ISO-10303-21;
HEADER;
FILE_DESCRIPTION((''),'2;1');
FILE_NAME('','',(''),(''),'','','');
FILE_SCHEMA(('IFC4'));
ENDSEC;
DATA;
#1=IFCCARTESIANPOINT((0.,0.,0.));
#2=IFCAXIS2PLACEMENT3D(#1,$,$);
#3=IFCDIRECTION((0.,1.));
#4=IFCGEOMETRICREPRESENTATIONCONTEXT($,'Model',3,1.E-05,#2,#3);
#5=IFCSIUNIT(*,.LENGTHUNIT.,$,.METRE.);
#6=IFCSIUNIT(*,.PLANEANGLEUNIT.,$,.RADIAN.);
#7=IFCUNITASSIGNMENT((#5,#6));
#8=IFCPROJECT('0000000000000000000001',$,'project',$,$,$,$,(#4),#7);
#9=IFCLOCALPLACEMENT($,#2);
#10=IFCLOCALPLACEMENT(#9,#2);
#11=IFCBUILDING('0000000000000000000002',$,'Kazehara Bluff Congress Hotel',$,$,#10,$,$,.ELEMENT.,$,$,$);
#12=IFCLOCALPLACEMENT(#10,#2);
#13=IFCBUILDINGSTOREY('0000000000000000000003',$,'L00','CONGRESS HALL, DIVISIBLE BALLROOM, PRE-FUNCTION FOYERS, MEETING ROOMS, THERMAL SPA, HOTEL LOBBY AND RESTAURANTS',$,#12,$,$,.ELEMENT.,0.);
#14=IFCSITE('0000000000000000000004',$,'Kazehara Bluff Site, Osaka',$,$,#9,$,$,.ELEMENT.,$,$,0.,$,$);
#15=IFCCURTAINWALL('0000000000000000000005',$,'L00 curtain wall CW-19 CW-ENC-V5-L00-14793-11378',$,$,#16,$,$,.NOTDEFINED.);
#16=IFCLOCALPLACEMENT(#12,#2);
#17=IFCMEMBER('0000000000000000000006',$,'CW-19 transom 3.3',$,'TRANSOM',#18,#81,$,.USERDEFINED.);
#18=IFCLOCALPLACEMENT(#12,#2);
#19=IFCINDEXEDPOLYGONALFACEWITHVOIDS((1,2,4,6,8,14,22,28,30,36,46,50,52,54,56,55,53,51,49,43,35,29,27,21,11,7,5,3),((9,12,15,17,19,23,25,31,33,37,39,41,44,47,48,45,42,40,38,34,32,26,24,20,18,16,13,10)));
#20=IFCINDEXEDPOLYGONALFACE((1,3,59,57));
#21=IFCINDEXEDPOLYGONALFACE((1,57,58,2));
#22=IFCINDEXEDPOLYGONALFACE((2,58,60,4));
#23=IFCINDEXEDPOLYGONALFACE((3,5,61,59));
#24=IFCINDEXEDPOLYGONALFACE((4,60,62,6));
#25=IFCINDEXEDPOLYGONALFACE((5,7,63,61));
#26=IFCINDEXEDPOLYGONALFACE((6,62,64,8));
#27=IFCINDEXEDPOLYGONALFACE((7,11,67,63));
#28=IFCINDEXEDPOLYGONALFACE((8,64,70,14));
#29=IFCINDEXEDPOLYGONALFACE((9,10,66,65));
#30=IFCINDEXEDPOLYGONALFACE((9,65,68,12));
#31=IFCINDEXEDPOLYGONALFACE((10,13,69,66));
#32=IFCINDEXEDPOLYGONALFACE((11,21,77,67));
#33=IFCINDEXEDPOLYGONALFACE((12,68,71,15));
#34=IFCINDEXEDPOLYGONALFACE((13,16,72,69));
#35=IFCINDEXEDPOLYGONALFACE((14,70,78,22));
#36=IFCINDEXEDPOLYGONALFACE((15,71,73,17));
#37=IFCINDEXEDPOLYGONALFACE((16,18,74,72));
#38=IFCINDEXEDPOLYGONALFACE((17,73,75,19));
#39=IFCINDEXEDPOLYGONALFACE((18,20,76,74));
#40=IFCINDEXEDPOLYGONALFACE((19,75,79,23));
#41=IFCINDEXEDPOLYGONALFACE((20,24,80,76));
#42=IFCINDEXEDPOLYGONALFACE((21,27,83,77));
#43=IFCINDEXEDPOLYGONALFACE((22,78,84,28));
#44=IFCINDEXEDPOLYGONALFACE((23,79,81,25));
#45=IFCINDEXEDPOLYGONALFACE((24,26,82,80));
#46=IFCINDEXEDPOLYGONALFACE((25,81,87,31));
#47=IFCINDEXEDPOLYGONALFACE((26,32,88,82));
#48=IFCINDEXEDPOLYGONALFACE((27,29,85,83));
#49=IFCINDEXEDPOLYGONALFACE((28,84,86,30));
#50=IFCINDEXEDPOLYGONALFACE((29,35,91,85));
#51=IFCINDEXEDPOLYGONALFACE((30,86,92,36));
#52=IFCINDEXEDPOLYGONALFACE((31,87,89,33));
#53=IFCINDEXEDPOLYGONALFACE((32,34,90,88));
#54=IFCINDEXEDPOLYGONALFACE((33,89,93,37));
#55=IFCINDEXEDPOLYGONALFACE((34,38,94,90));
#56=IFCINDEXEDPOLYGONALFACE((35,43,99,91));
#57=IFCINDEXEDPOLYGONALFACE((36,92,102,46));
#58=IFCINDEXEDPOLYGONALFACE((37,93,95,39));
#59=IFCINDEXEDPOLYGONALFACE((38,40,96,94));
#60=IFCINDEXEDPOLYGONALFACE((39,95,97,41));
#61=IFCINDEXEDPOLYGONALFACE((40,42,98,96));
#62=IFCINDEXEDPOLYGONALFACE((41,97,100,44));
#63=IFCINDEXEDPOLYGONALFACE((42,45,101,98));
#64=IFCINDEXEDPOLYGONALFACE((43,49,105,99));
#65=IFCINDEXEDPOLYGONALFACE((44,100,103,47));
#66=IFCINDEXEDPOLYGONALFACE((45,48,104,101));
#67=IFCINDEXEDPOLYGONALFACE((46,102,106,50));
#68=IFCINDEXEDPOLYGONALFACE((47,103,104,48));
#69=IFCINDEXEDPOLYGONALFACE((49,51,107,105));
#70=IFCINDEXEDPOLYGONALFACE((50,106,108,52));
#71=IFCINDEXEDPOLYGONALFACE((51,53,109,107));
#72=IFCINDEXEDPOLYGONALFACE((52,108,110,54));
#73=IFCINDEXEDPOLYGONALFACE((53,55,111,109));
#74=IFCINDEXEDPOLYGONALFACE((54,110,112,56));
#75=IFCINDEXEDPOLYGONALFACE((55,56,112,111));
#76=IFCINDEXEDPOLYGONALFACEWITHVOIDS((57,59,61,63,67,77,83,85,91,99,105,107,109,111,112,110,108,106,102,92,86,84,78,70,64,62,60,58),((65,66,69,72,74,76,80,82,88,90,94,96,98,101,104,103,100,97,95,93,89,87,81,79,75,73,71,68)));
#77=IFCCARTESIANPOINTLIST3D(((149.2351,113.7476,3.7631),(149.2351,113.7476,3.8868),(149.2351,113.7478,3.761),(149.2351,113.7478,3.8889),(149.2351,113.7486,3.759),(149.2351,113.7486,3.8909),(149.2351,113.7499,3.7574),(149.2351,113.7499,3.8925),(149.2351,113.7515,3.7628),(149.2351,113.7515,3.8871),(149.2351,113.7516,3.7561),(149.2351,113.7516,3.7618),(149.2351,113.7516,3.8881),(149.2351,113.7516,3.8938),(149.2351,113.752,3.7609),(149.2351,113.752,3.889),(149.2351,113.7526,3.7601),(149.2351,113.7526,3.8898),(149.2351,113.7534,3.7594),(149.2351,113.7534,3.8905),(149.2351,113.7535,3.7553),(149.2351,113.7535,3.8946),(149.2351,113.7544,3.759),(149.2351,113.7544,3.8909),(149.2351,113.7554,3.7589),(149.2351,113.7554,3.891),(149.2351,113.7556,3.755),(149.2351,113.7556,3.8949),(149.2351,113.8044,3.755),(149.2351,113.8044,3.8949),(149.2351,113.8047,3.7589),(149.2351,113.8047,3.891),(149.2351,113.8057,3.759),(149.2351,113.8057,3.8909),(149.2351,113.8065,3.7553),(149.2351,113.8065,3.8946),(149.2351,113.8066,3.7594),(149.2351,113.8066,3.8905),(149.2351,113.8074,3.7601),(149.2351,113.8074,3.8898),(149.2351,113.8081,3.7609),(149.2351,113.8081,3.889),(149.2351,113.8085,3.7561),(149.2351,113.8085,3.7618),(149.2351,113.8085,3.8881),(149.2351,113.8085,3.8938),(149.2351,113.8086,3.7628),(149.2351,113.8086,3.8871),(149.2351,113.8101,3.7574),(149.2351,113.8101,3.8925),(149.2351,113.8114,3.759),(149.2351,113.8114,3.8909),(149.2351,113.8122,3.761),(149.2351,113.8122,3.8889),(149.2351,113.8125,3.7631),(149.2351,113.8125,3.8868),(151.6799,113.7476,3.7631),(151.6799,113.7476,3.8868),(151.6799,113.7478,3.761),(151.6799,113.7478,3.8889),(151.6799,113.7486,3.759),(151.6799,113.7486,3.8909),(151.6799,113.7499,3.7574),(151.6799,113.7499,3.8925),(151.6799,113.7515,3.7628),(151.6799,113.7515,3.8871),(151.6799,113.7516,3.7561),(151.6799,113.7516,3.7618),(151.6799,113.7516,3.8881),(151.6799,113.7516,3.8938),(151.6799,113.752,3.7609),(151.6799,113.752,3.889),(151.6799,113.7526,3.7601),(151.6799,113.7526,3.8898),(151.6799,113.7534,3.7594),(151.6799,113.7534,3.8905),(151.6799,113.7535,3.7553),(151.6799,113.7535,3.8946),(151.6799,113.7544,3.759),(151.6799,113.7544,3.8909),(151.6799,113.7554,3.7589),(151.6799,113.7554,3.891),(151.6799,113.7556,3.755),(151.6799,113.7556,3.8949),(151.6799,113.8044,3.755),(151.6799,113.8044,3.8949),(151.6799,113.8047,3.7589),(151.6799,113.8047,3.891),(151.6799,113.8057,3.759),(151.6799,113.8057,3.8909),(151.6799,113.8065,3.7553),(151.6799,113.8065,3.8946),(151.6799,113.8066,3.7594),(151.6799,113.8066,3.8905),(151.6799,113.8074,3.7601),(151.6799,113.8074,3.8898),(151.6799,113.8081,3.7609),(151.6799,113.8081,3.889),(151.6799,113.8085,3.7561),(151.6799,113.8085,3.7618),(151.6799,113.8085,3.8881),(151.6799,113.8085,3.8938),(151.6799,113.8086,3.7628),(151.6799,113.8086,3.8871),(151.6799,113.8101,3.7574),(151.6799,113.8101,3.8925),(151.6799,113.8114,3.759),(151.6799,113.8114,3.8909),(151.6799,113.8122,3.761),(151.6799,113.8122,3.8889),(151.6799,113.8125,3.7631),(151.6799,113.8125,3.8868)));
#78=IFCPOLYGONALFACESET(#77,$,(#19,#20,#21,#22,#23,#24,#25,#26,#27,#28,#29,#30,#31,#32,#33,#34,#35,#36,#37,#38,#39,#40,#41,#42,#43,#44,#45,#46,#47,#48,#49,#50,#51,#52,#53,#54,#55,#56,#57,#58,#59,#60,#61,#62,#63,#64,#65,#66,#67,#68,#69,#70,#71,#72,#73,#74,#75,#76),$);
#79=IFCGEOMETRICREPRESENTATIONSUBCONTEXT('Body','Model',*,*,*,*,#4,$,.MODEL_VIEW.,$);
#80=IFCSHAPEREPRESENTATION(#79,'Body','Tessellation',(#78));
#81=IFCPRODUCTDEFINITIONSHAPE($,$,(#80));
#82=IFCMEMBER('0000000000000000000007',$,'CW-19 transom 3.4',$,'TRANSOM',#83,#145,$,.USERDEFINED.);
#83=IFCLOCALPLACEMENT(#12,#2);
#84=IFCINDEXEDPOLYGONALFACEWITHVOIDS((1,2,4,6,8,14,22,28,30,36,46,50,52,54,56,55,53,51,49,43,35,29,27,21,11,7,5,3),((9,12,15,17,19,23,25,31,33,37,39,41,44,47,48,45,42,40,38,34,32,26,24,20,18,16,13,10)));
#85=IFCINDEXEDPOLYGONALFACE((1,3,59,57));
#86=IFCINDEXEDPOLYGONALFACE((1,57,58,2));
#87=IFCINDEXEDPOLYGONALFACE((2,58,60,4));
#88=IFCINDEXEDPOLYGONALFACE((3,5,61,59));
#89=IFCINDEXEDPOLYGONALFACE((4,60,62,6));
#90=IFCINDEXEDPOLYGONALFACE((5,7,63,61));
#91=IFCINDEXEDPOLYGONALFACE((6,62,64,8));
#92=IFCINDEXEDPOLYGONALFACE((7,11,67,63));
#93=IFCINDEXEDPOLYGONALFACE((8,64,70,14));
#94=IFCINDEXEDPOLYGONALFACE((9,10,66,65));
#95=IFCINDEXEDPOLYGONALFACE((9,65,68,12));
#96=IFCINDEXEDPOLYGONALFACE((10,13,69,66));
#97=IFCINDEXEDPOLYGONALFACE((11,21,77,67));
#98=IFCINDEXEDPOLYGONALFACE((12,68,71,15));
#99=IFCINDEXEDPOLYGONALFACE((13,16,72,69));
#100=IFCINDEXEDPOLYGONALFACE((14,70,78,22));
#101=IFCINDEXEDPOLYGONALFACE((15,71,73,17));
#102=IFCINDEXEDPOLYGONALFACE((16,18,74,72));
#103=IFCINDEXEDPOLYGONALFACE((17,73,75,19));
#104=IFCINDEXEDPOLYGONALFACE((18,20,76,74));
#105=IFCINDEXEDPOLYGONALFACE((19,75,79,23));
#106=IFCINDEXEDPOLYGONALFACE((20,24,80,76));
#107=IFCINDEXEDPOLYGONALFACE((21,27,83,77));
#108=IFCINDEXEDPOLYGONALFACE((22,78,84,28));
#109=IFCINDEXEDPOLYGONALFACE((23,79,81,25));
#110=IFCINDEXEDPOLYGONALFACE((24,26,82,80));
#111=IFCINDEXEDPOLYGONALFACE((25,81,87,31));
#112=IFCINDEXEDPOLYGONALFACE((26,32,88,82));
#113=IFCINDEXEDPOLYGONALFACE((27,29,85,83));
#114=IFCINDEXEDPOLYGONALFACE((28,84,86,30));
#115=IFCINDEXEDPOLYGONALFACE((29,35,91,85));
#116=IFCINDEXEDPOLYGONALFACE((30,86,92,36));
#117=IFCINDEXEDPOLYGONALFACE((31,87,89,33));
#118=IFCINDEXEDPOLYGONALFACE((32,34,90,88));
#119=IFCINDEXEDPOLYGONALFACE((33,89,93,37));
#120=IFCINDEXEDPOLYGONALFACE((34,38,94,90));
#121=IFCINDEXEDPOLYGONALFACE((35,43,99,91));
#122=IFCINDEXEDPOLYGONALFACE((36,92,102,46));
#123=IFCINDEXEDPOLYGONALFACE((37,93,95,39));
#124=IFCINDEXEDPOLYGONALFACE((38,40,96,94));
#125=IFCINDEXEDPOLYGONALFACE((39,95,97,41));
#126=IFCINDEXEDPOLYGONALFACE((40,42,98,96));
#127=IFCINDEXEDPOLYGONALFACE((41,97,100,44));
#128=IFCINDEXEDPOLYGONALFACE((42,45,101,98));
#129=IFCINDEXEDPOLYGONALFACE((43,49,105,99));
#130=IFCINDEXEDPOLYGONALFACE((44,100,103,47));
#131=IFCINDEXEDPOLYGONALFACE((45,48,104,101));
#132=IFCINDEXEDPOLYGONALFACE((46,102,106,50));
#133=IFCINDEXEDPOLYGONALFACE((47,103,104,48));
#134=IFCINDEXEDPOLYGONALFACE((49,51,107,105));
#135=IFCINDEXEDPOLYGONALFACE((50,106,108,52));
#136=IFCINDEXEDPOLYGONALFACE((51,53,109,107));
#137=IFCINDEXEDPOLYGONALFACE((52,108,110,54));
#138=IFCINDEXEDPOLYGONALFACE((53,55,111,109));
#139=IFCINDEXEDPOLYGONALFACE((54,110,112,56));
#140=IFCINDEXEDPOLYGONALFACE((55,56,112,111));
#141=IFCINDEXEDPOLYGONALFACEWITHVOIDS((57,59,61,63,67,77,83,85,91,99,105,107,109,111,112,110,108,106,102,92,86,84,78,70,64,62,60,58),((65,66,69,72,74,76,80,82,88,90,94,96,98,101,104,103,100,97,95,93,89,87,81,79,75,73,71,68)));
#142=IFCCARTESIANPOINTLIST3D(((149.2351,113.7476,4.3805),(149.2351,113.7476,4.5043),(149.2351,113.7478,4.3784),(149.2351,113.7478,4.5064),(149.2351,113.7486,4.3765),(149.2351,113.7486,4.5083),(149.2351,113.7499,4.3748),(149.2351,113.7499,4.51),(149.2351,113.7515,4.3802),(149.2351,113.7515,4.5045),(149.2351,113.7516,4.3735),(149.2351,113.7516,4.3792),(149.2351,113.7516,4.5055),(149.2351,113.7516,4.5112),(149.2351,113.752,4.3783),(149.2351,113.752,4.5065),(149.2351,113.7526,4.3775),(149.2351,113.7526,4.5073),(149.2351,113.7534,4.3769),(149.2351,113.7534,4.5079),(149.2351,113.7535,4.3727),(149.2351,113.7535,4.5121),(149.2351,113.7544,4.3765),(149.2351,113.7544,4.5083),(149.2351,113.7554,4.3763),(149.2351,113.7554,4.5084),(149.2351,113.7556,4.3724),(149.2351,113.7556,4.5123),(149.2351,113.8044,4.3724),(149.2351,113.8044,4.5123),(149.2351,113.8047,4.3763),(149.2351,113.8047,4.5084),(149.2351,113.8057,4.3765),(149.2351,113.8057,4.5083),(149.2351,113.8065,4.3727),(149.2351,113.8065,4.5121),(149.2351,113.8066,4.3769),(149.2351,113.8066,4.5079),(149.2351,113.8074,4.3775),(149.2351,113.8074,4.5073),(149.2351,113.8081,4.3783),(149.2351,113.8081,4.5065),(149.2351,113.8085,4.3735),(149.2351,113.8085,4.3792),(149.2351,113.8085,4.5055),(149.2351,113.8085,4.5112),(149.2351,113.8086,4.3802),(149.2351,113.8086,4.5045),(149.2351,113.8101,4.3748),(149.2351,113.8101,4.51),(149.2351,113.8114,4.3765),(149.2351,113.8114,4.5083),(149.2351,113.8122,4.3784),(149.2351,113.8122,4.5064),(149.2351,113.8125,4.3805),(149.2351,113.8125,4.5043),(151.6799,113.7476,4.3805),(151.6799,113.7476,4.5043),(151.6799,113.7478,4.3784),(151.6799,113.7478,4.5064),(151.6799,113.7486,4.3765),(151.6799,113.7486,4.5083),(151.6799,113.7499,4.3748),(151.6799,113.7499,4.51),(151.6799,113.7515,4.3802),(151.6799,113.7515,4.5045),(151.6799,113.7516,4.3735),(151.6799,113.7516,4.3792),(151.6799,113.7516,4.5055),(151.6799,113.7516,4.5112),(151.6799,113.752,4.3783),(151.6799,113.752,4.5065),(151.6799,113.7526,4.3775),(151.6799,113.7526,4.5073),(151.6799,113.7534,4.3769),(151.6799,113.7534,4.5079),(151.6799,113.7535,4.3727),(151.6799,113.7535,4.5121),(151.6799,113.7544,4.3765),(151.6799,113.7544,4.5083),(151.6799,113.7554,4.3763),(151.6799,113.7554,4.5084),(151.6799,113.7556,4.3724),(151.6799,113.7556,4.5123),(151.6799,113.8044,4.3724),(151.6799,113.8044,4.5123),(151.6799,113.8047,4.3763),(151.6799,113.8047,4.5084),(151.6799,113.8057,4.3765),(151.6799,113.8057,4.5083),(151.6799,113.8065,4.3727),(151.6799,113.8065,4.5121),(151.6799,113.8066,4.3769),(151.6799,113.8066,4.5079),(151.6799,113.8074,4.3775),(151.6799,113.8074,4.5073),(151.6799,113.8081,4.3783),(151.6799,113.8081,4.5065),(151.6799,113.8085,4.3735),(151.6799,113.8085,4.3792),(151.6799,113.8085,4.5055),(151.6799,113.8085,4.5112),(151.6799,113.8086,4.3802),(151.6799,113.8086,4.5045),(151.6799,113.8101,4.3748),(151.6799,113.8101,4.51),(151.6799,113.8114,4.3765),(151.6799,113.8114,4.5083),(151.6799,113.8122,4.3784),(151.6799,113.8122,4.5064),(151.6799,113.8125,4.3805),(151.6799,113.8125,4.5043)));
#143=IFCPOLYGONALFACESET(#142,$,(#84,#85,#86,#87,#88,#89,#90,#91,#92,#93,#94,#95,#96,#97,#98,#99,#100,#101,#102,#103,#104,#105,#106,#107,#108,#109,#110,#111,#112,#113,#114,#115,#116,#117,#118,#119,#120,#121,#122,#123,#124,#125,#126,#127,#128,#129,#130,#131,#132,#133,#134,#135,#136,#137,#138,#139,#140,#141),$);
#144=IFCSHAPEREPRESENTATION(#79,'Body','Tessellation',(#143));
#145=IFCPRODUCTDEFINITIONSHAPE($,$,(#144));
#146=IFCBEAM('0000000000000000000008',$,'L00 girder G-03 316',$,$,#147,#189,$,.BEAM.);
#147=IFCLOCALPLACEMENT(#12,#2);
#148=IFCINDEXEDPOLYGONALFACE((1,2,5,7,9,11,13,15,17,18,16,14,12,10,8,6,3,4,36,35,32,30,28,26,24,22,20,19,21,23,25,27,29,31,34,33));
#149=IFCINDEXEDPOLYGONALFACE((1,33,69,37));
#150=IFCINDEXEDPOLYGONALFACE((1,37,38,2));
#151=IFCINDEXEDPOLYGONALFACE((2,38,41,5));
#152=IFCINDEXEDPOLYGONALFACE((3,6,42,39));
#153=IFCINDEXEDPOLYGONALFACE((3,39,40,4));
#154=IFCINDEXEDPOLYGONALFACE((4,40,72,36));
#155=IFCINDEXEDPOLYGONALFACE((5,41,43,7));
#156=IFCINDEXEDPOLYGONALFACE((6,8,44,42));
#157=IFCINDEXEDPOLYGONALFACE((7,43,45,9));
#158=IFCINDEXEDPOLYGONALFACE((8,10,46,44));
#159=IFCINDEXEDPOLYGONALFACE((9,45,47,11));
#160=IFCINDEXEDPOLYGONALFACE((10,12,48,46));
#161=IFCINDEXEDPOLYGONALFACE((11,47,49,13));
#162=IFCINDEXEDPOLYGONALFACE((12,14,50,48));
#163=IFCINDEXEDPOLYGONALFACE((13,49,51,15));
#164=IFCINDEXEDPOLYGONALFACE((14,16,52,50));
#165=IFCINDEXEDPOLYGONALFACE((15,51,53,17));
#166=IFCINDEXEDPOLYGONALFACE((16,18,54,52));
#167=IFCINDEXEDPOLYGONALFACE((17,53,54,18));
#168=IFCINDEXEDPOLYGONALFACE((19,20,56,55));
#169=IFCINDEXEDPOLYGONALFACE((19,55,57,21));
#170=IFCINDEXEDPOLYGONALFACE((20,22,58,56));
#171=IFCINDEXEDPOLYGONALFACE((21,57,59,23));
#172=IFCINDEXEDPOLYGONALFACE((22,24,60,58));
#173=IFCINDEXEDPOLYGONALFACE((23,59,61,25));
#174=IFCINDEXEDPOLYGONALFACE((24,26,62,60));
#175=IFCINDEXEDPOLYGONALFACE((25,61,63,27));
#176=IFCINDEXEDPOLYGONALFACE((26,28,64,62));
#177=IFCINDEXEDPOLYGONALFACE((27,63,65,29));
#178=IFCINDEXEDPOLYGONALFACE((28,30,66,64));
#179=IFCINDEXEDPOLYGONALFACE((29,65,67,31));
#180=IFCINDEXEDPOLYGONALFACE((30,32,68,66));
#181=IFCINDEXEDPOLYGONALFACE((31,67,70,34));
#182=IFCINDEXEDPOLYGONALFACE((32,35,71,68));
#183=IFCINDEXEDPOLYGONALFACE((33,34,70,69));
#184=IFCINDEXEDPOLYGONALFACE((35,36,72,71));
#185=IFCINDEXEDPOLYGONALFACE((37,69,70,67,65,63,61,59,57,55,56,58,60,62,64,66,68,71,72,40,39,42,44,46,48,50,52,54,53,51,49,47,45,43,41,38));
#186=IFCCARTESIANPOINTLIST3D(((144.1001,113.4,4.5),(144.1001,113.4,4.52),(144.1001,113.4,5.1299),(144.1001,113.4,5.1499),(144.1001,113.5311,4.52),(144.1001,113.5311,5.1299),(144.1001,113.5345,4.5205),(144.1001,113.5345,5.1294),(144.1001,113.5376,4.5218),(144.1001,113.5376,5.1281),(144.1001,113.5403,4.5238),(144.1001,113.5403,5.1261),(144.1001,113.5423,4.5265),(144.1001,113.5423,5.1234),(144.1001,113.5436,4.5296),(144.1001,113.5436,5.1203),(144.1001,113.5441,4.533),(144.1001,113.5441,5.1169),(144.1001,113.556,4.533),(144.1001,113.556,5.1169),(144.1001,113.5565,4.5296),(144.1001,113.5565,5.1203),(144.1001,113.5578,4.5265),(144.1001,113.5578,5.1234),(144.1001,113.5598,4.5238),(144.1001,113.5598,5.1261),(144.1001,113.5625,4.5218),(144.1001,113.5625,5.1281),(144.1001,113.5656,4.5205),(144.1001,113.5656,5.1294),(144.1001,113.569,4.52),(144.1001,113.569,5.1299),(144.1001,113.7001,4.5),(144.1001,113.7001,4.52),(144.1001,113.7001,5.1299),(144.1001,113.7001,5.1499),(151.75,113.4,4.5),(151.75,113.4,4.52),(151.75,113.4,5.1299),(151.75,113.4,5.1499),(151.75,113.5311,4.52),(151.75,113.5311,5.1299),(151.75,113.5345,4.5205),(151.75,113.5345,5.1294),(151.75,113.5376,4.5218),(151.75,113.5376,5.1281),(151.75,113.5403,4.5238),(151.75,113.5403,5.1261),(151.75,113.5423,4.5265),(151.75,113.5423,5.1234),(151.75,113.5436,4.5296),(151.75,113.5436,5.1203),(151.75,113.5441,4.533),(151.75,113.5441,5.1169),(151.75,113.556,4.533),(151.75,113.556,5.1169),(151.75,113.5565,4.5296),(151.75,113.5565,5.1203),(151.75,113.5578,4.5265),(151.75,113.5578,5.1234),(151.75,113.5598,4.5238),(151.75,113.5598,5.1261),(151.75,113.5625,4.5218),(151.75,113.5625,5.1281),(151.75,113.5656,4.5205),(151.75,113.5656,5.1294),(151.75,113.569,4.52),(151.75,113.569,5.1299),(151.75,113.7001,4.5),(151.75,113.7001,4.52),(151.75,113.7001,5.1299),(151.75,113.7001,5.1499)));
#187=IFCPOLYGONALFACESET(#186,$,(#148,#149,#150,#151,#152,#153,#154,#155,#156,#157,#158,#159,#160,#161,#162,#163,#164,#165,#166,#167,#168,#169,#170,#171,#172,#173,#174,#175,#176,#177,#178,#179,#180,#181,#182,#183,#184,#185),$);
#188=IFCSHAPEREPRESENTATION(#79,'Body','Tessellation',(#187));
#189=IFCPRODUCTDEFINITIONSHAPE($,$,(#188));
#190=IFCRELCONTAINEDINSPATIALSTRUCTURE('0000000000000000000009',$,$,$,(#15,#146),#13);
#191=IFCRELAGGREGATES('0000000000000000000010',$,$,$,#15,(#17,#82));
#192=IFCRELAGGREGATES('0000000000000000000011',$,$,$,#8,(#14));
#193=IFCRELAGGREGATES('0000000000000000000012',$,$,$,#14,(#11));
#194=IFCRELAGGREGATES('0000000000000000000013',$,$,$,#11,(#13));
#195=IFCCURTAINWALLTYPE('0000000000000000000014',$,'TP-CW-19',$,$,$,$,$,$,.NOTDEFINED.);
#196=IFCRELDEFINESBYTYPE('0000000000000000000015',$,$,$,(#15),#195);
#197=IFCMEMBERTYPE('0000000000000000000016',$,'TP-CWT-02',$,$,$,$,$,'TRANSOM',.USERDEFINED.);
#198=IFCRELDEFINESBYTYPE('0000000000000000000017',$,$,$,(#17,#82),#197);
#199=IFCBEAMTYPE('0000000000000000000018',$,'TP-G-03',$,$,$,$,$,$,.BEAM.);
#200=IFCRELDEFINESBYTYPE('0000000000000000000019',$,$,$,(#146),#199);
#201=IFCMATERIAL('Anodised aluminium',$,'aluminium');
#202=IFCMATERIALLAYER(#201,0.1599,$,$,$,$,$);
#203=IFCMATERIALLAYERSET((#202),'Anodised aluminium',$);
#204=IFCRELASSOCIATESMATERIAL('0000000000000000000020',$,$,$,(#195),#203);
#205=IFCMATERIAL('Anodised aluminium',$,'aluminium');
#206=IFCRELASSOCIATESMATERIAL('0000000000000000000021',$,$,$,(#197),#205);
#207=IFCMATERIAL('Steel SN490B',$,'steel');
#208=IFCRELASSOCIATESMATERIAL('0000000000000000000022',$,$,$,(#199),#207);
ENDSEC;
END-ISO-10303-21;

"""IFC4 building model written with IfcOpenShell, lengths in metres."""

from ifc_helpers import new_model, si_unit, direction, frame, origin, origin_2d, place, context, subcontext, project, spatial, hollow_rectangle, i_section, extrude, material, layer, layer_set, material_profile, profile_set, type_object, element, aggregate, save


model = new_model("IFC4")

# Units and contexts
model_context = context("Model", 3, precision=1e-05, world=origin(), true_north=direction((0.0, 1.0)))
body_context = subcontext(model_context, "Body", "Model", "MODEL_VIEW")
ifc_project = project(units=[si_unit("LENGTHUNIT", "METRE"), si_unit("PLANEANGLEUNIT", "RADIAN")], contexts=[model_context])

# Site, building, storey
site_placement = place(None, origin())
site = spatial("IfcSite", under=ifc_project, at=site_placement, Name="Kazehara Bluff Site, Osaka", CompositionType="ELEMENT", RefElevation=0.0)
building_placement = place(site_placement, origin())
building = spatial("IfcBuilding", under=site, at=building_placement, Name="Kazehara Bluff Congress Hotel", CompositionType="ELEMENT")
storey_placement = place(building_placement, origin())
storey = spatial("IfcBuildingStorey", under=building, at=storey_placement, Name="L00", Description="CONGRESS HALL, DIVISIBLE BALLROOM, PRE-FUNCTION FOYERS, MEETING ROOMS, THERMAL SPA, HOTEL LOBBY AND RESTAURANTS", CompositionType="ELEMENT", Elevation=0.0)

# Curtain wall
ifc_material_1 = material(Name="Anodised aluminium", Category="aluminium")
ifc_layer_1 = layer(ifc_material_1, 0.1599)
ifc_layer_set_1 = layer_set([ifc_layer_1], Name="Anodised aluminium")
curtain_wall_type_1 = type_object("IfcCurtainWallType", Name="TP-CW-19", PredefinedType="NOTDEFINED", material=ifc_layer_set_1)
curtain_wall_1_placement = place(storey_placement, origin())
curtain_wall_1 = element("IfcCurtainWall", 1, at=curtain_wall_1_placement, inside=storey, type_object=curtain_wall_type_1, Name="L00 curtain wall CW-19 CW-ENC-V5-L00-14793-11378", PredefinedType="NOTDEFINED")

# Members
ifc_material_2 = material(Name="Anodised aluminium", Category="aluminium")
ifc_material_profile_1 = material_profile(ifc_material_2, hollow_rectangle(XDim=0.0649, YDim=0.1399, WallThickness=0.0039, InnerFilletRadius=0.0039, OuterFilletRadius=0.0081, at=origin_2d()))
ifc_profile_set_1 = profile_set([ifc_material_profile_1], Name="Anodised aluminium")
member_type_1 = type_object("IfcMemberType", Name="TP-CWT-02", ElementType="TRANSOM", PredefinedType="USERDEFINED", material=ifc_profile_set_1)
member_1_placement = place(storey_placement, frame((149.2351, 113.78, 3.825), z_axis=(1.0, 0.0, 0.0), x_axis=(0.0, 1.0, 0.0)))
member_1 = element("IfcMember", 2, at=member_1_placement, type_object=member_type_1, Name="CW-19 transom 3.3", ObjectType="TRANSOM", PredefinedType="USERDEFINED", context=body_context, shape_type="SweptSolid", body=[
    extrude(hollow_rectangle(XDim=0.0649, YDim=0.1399, WallThickness=0.0039, InnerFilletRadius=0.0039, OuterFilletRadius=0.0081, at=origin_2d()), origin(), (0.0, 0.0, 1.0), 2.4448),
])
member_2_placement = place(storey_placement, frame((149.2351, 113.78, 4.4424), z_axis=(1.0, 0.0, 0.0), x_axis=(0.0, 1.0, 0.0)))
member_2 = element("IfcMember", 3, at=member_2_placement, type_object=member_type_1, Name="CW-19 transom 3.4", ObjectType="TRANSOM", PredefinedType="USERDEFINED", context=body_context, shape_type="SweptSolid", body=[
    extrude(hollow_rectangle(XDim=0.0649, YDim=0.1399, WallThickness=0.0039, InnerFilletRadius=0.0039, OuterFilletRadius=0.0081, at=origin_2d()), origin(), (0.0, 0.0, 1.0), 2.4448),
])

# Beam
ifc_material_3 = material(Name="Steel SN490B", Category="steel")
ifc_material_profile_2 = material_profile(ifc_material_3, i_section(OverallWidth=0.3, OverallDepth=0.6499, WebThickness=0.012, FlangeThickness=0.02, FilletRadius=0.0129, at=origin_2d()))
ifc_profile_set_2 = profile_set([ifc_material_profile_2], Name="Steel SN490B")
beam_type = type_object("IfcBeamType", Name="TP-G-03", PredefinedType="BEAM", material=ifc_profile_set_2)
beam_placement = place(storey_placement, frame((144.1001, 113.55, 4.825), z_axis=(1.0, 0.0, 0.0), x_axis=(0.0, 1.0, 0.0)))
element("IfcBeam", 4, at=beam_placement, inside=storey, type_object=beam_type, Name="L00 girder G-03 316", PredefinedType="BEAM", context=body_context, shape_type="SweptSolid", body=[
    extrude(i_section(OverallWidth=0.3, OverallDepth=0.6499, WebThickness=0.012, FlangeThickness=0.02, FilletRadius=0.0129, at=origin_2d()), origin(), (0.0, 0.0, 1.0), 7.6499),
])

aggregate(curtain_wall_1, [member_1, member_2])

save(model, "model.ifc")
